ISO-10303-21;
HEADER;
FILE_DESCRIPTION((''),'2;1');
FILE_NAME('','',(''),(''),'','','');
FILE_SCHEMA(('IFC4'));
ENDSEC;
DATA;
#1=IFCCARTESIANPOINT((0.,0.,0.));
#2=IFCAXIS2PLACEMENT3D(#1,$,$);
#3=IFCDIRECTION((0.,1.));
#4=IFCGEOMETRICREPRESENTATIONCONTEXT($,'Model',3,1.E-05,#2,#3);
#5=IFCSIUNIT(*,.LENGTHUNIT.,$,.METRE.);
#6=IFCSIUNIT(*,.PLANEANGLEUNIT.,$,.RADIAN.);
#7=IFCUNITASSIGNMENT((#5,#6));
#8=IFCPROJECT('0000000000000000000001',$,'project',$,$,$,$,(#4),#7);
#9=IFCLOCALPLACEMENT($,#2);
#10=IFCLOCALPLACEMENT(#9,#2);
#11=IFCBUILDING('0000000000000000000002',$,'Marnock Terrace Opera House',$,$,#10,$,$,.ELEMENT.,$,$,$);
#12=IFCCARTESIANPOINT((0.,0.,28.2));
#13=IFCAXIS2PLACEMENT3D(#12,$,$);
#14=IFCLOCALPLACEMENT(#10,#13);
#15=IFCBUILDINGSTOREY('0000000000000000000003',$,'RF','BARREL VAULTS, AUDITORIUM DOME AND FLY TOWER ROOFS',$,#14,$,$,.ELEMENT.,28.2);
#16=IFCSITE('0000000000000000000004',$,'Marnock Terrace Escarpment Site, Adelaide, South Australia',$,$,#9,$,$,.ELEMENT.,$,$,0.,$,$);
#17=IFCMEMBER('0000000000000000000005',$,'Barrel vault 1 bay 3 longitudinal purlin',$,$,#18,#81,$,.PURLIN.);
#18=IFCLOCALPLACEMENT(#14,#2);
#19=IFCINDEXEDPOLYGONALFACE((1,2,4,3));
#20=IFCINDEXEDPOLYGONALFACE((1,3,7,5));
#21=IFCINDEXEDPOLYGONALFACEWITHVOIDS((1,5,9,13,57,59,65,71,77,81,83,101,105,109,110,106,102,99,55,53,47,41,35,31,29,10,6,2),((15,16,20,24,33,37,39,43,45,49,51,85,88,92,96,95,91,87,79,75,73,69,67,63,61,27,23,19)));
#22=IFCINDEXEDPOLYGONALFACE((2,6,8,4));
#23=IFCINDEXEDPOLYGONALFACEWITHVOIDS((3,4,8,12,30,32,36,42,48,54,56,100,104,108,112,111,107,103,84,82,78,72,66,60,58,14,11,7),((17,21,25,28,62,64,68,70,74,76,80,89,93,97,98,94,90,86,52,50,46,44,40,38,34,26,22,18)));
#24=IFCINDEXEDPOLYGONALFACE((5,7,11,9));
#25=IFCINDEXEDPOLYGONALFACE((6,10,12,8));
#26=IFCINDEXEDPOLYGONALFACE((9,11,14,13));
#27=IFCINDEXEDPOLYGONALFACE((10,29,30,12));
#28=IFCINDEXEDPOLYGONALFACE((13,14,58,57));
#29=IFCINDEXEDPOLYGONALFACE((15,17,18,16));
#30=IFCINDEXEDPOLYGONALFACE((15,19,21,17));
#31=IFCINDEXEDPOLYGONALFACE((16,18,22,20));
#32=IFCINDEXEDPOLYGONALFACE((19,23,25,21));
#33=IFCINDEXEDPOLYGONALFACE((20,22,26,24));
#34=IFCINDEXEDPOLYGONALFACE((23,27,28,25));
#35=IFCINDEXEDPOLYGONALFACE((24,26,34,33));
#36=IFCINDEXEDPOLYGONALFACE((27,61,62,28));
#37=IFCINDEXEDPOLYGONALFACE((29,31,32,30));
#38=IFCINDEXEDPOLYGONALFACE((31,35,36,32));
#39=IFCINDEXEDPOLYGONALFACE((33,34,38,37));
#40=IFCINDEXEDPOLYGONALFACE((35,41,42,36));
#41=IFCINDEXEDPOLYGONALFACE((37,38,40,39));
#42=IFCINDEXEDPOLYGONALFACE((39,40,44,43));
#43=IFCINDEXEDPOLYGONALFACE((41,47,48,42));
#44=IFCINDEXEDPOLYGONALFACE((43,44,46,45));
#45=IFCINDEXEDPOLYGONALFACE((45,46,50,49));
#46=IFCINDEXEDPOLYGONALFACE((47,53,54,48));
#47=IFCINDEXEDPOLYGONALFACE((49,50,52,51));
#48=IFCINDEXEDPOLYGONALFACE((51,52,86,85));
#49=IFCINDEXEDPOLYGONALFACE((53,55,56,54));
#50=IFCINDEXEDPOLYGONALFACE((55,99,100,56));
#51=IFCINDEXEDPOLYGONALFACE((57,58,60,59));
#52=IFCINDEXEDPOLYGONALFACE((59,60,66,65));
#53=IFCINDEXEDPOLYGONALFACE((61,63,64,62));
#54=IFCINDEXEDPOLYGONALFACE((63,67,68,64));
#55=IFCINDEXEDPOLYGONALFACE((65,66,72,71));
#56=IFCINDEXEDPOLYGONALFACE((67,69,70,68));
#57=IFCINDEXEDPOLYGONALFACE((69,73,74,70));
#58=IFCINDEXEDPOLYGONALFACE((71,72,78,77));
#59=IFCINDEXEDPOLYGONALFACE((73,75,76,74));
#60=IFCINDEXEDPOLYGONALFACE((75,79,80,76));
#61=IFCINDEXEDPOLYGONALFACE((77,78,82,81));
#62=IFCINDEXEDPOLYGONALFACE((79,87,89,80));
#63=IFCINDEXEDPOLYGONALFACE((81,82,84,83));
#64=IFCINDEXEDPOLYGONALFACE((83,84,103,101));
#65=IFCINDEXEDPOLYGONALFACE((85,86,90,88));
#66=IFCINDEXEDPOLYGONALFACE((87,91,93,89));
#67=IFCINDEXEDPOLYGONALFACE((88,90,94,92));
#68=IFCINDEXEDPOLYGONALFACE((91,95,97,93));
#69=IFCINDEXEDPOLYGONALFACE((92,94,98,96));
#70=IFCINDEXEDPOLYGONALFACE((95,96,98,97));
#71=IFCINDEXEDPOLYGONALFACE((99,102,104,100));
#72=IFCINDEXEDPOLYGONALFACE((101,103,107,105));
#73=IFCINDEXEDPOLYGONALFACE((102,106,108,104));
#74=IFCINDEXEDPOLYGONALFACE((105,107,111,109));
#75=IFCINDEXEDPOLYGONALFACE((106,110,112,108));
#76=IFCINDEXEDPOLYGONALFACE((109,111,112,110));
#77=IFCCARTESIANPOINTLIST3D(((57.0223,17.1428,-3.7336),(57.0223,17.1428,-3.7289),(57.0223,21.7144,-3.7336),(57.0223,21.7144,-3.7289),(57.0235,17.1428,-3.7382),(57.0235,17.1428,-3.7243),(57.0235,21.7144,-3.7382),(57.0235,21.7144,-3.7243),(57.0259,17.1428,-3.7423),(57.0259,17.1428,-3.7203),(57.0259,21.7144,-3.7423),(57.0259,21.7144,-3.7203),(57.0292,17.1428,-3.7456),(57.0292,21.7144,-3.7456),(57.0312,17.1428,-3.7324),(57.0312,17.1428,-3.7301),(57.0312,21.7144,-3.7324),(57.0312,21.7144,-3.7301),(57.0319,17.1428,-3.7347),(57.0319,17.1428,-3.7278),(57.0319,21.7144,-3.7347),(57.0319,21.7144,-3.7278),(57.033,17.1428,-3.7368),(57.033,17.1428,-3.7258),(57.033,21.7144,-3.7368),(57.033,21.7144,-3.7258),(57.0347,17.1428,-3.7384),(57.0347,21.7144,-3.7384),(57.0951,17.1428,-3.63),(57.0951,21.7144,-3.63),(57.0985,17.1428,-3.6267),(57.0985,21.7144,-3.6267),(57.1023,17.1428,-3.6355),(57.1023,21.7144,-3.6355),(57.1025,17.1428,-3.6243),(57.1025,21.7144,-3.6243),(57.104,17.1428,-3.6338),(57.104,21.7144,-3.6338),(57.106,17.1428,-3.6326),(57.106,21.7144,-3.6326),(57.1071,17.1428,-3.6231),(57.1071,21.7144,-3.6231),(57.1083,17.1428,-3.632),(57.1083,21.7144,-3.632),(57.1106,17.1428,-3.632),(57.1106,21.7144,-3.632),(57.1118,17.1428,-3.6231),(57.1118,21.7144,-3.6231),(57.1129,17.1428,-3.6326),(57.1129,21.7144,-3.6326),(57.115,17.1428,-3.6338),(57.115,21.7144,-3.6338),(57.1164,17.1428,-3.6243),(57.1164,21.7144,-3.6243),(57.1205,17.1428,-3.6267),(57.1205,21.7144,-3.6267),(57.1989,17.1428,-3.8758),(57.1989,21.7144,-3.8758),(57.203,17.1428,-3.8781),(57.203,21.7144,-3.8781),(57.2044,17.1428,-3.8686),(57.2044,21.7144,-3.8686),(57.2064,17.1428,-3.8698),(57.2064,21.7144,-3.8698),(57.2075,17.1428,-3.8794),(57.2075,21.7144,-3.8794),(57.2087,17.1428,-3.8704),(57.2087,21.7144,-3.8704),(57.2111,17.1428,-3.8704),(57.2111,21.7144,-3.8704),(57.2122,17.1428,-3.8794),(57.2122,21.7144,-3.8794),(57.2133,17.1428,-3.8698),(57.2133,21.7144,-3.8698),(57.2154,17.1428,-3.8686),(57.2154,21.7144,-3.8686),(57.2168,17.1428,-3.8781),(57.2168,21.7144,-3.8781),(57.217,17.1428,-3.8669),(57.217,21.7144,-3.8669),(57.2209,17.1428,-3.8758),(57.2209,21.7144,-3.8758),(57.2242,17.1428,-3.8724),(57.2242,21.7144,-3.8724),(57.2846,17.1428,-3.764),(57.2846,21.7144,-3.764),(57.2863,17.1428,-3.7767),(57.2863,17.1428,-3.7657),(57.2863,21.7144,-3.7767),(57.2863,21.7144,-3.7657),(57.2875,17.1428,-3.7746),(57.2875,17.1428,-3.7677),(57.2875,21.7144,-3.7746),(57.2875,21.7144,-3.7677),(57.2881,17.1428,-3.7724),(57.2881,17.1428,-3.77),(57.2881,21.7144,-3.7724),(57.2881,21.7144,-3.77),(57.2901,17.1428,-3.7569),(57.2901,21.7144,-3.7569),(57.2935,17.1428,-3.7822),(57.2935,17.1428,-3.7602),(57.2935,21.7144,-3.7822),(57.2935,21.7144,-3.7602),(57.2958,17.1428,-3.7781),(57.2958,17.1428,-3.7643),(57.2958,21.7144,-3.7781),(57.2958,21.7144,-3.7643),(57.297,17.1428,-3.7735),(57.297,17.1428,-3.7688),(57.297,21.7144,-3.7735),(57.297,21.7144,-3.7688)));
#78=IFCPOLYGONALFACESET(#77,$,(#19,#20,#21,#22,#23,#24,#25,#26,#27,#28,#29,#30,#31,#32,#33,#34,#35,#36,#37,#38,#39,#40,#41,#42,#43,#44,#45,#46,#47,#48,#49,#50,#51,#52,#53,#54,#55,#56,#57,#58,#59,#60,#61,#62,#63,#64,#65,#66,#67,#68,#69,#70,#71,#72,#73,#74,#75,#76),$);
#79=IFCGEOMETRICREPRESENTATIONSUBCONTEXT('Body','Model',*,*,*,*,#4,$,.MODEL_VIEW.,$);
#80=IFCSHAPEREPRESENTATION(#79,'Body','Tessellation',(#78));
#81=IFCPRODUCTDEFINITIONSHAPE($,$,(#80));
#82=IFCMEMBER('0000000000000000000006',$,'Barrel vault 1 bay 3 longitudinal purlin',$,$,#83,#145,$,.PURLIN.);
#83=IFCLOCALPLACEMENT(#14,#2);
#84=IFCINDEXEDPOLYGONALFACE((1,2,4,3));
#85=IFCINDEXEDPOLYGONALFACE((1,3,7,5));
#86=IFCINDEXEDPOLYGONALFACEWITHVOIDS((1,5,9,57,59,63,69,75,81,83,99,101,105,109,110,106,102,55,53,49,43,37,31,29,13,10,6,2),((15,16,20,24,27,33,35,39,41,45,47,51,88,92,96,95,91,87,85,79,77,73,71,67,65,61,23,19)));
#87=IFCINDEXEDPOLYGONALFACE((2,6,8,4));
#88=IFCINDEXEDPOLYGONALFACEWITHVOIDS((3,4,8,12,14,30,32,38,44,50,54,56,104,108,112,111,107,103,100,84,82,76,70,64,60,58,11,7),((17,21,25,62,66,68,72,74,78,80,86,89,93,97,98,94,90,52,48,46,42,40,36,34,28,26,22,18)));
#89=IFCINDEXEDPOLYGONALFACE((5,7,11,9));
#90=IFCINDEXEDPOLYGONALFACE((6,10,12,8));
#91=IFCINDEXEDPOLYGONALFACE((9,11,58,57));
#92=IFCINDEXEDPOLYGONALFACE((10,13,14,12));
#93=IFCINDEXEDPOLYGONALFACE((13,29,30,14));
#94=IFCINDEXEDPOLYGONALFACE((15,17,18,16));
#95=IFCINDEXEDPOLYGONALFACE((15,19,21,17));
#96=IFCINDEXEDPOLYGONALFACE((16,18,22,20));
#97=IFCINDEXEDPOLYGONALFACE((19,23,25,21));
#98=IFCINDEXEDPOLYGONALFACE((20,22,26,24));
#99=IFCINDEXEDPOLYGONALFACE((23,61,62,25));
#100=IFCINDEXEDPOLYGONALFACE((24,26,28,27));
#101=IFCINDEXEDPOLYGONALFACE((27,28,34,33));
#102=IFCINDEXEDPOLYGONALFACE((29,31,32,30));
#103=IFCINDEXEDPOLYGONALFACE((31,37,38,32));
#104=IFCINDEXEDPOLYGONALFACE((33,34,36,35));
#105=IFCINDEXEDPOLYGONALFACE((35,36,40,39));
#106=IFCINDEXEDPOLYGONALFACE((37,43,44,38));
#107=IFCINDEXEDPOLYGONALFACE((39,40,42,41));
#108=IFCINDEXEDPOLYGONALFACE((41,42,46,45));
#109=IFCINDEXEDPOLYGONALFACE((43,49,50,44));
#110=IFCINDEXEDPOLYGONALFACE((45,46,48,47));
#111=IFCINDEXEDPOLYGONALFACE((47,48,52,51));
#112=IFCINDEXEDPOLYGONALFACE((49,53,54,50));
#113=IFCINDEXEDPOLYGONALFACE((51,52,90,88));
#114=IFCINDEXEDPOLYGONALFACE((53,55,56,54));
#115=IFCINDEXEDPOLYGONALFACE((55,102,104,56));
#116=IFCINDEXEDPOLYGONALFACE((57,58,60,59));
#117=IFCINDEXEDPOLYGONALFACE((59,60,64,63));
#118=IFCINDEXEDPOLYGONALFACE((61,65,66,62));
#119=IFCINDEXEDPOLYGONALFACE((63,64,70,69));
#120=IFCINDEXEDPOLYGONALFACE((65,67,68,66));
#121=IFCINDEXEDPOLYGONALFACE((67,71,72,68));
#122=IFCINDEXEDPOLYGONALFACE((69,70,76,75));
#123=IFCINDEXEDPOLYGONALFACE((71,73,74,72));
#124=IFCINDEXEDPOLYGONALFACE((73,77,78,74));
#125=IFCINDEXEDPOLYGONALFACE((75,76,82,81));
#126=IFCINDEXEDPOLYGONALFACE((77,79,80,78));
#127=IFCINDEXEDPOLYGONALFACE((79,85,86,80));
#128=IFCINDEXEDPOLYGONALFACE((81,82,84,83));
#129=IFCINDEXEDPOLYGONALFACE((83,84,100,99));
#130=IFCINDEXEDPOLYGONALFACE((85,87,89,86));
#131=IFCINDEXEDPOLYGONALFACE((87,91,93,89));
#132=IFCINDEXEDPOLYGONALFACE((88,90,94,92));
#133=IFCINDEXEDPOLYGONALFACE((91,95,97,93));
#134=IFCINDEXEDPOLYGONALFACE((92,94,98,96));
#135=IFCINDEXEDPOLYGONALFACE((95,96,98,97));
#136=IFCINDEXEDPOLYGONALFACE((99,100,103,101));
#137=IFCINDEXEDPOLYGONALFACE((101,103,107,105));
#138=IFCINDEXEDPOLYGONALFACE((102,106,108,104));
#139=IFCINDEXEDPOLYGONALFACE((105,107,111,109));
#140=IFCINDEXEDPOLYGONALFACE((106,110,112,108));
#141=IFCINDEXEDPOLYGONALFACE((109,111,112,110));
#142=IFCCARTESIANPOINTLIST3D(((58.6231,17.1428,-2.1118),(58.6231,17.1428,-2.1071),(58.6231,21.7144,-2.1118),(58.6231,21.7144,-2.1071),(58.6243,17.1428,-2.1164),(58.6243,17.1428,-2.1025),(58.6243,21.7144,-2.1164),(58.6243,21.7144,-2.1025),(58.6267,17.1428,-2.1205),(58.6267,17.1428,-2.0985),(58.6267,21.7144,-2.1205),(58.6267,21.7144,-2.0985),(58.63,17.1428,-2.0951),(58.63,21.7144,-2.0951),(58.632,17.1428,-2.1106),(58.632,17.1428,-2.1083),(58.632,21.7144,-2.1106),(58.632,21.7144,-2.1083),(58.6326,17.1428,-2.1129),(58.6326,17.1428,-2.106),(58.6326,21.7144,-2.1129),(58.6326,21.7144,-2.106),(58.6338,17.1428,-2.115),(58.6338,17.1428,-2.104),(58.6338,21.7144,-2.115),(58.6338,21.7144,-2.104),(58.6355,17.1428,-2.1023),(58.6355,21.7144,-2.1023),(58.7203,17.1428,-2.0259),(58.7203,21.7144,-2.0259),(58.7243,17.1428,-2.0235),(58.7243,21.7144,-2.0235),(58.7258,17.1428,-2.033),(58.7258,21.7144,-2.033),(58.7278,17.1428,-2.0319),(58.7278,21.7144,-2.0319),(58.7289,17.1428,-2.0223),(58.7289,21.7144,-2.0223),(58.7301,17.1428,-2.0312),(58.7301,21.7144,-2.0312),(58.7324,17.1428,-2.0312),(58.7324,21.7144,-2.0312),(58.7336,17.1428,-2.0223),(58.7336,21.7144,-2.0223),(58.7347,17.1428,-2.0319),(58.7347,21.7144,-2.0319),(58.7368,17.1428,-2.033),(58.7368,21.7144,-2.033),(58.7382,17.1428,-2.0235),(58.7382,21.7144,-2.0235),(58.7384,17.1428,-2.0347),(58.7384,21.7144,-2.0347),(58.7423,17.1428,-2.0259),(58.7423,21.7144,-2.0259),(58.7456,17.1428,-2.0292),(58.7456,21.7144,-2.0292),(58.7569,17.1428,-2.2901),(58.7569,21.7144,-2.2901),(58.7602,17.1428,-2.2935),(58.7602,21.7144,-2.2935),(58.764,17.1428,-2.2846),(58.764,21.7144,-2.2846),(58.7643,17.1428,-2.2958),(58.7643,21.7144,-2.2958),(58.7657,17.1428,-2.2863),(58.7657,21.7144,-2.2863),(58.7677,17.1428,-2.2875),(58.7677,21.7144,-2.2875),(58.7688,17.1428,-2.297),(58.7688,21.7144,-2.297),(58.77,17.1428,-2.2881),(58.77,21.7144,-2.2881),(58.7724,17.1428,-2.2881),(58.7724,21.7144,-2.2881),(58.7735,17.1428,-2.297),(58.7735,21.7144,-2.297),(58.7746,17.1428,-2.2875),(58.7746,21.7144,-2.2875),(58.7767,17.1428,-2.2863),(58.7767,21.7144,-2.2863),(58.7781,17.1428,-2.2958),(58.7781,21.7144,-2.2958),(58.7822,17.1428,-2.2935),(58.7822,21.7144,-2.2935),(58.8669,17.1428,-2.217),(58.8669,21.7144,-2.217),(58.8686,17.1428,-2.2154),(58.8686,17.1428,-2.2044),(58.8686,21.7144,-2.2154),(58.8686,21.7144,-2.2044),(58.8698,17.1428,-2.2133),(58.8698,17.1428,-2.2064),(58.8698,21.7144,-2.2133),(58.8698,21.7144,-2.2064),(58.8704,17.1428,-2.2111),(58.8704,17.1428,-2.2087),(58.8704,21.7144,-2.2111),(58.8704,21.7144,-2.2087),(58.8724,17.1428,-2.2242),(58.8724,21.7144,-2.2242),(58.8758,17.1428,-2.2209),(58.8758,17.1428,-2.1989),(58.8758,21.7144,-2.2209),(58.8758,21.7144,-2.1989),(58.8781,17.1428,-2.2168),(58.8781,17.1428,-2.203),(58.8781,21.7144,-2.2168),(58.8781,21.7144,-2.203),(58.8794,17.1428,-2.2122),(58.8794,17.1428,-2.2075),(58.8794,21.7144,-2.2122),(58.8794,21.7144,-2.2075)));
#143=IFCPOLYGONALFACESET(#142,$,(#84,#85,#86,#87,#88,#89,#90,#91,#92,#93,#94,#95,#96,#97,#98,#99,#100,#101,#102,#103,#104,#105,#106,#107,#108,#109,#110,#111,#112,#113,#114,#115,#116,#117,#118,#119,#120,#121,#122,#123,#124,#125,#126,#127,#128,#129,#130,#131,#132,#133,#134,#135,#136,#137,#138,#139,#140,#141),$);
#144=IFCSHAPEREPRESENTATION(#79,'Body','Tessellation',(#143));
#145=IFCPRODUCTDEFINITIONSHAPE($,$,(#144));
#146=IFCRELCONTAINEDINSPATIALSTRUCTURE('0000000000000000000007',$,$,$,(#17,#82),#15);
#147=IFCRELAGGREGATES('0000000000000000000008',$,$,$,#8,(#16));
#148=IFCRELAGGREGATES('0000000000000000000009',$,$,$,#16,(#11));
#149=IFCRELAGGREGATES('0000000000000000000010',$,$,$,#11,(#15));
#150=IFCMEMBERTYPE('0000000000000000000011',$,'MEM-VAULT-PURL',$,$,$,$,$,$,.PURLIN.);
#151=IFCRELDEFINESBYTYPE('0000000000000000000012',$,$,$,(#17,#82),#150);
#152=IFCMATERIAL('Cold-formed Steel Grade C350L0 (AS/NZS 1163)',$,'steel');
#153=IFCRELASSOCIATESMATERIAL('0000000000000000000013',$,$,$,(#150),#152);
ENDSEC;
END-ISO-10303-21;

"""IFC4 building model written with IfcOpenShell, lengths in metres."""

from ifc_helpers import new_model, si_unit, direction, frame, origin, origin_2d, place, context, subcontext, project, spatial, hollow_rectangle, extrude, material, material_profile, profile_set, type_object, element, save


model = new_model("IFC4")

# Units and contexts
model_context = context("Model", 3, precision=1e-05, world=origin(), true_north=direction((0.0, 1.0)))
body_context = subcontext(model_context, "Body", "Model", "MODEL_VIEW")
ifc_project = project(units=[si_unit("LENGTHUNIT", "METRE"), si_unit("PLANEANGLEUNIT", "RADIAN")], contexts=[model_context])

# Site, building, storey
site_placement = place(None, origin())
site = spatial("IfcSite", under=ifc_project, at=site_placement, Name="Marnock Terrace Escarpment Site, Adelaide, South Australia", CompositionType="ELEMENT", RefElevation=0.0)
building_placement = place(site_placement, origin())
building = spatial("IfcBuilding", under=site, at=building_placement, Name="Marnock Terrace Opera House", CompositionType="ELEMENT")
storey_placement = place(building_placement, frame((0.0, 0.0, 28.2)))
storey = spatial("IfcBuildingStorey", under=building, at=storey_placement, Name="RF", Description="BARREL VAULTS, AUDITORIUM DOME AND FLY TOWER ROOFS", CompositionType="ELEMENT", Elevation=28.2)

# Members
ifc_material_1 = material(Name="Cold-formed Steel Grade C350L0 (AS/NZS 1163)", Category="steel")
ifc_material_profile_1 = material_profile(ifc_material_1, hollow_rectangle(XDim=0.1499, YDim=0.25, WallThickness=0.009, InnerFilletRadius=0.009, OuterFilletRadius=0.0181, at=origin_2d()))
ifc_profile_set_1 = profile_set([ifc_material_profile_1], Name="Cold-formed Steel Grade C350L0 (AS/NZS 1163)")
member_type_1 = type_object("IfcMemberType", Name="MEM-VAULT-PURL", PredefinedType="PURLIN", material=ifc_profile_set_1)
for number, where, z_axis, x_axis, name in (
    (1, (57.1597, 17.1428, -3.7512), (0.0, 1.0, 0.0), (-0.608761, 0.0, -0.793353), "Barrel vault 1 bay 3 longitudinal purlin"),
    (2, (58.7512, 17.1428, -2.1597), (0.0, 1.0, 0.0), (-0.793353, 0.0, -0.608761), "Barrel vault 1 bay 3 longitudinal purlin"),
):
    element("IfcMember", number, at=place(storey_placement, frame(where, z_axis=z_axis, x_axis=x_axis)), inside=storey, type_object=member_type_1, Name=name, PredefinedType="PURLIN", context=body_context, shape_type="SweptSolid", body=[
        extrude(hollow_rectangle(XDim=0.1499, YDim=0.25, WallThickness=0.009, InnerFilletRadius=0.009, OuterFilletRadius=0.0181, at=origin_2d()), origin(), (0.0, 0.0, 1.0), 4.5715),
    ])

save(model, "model.ifc")
